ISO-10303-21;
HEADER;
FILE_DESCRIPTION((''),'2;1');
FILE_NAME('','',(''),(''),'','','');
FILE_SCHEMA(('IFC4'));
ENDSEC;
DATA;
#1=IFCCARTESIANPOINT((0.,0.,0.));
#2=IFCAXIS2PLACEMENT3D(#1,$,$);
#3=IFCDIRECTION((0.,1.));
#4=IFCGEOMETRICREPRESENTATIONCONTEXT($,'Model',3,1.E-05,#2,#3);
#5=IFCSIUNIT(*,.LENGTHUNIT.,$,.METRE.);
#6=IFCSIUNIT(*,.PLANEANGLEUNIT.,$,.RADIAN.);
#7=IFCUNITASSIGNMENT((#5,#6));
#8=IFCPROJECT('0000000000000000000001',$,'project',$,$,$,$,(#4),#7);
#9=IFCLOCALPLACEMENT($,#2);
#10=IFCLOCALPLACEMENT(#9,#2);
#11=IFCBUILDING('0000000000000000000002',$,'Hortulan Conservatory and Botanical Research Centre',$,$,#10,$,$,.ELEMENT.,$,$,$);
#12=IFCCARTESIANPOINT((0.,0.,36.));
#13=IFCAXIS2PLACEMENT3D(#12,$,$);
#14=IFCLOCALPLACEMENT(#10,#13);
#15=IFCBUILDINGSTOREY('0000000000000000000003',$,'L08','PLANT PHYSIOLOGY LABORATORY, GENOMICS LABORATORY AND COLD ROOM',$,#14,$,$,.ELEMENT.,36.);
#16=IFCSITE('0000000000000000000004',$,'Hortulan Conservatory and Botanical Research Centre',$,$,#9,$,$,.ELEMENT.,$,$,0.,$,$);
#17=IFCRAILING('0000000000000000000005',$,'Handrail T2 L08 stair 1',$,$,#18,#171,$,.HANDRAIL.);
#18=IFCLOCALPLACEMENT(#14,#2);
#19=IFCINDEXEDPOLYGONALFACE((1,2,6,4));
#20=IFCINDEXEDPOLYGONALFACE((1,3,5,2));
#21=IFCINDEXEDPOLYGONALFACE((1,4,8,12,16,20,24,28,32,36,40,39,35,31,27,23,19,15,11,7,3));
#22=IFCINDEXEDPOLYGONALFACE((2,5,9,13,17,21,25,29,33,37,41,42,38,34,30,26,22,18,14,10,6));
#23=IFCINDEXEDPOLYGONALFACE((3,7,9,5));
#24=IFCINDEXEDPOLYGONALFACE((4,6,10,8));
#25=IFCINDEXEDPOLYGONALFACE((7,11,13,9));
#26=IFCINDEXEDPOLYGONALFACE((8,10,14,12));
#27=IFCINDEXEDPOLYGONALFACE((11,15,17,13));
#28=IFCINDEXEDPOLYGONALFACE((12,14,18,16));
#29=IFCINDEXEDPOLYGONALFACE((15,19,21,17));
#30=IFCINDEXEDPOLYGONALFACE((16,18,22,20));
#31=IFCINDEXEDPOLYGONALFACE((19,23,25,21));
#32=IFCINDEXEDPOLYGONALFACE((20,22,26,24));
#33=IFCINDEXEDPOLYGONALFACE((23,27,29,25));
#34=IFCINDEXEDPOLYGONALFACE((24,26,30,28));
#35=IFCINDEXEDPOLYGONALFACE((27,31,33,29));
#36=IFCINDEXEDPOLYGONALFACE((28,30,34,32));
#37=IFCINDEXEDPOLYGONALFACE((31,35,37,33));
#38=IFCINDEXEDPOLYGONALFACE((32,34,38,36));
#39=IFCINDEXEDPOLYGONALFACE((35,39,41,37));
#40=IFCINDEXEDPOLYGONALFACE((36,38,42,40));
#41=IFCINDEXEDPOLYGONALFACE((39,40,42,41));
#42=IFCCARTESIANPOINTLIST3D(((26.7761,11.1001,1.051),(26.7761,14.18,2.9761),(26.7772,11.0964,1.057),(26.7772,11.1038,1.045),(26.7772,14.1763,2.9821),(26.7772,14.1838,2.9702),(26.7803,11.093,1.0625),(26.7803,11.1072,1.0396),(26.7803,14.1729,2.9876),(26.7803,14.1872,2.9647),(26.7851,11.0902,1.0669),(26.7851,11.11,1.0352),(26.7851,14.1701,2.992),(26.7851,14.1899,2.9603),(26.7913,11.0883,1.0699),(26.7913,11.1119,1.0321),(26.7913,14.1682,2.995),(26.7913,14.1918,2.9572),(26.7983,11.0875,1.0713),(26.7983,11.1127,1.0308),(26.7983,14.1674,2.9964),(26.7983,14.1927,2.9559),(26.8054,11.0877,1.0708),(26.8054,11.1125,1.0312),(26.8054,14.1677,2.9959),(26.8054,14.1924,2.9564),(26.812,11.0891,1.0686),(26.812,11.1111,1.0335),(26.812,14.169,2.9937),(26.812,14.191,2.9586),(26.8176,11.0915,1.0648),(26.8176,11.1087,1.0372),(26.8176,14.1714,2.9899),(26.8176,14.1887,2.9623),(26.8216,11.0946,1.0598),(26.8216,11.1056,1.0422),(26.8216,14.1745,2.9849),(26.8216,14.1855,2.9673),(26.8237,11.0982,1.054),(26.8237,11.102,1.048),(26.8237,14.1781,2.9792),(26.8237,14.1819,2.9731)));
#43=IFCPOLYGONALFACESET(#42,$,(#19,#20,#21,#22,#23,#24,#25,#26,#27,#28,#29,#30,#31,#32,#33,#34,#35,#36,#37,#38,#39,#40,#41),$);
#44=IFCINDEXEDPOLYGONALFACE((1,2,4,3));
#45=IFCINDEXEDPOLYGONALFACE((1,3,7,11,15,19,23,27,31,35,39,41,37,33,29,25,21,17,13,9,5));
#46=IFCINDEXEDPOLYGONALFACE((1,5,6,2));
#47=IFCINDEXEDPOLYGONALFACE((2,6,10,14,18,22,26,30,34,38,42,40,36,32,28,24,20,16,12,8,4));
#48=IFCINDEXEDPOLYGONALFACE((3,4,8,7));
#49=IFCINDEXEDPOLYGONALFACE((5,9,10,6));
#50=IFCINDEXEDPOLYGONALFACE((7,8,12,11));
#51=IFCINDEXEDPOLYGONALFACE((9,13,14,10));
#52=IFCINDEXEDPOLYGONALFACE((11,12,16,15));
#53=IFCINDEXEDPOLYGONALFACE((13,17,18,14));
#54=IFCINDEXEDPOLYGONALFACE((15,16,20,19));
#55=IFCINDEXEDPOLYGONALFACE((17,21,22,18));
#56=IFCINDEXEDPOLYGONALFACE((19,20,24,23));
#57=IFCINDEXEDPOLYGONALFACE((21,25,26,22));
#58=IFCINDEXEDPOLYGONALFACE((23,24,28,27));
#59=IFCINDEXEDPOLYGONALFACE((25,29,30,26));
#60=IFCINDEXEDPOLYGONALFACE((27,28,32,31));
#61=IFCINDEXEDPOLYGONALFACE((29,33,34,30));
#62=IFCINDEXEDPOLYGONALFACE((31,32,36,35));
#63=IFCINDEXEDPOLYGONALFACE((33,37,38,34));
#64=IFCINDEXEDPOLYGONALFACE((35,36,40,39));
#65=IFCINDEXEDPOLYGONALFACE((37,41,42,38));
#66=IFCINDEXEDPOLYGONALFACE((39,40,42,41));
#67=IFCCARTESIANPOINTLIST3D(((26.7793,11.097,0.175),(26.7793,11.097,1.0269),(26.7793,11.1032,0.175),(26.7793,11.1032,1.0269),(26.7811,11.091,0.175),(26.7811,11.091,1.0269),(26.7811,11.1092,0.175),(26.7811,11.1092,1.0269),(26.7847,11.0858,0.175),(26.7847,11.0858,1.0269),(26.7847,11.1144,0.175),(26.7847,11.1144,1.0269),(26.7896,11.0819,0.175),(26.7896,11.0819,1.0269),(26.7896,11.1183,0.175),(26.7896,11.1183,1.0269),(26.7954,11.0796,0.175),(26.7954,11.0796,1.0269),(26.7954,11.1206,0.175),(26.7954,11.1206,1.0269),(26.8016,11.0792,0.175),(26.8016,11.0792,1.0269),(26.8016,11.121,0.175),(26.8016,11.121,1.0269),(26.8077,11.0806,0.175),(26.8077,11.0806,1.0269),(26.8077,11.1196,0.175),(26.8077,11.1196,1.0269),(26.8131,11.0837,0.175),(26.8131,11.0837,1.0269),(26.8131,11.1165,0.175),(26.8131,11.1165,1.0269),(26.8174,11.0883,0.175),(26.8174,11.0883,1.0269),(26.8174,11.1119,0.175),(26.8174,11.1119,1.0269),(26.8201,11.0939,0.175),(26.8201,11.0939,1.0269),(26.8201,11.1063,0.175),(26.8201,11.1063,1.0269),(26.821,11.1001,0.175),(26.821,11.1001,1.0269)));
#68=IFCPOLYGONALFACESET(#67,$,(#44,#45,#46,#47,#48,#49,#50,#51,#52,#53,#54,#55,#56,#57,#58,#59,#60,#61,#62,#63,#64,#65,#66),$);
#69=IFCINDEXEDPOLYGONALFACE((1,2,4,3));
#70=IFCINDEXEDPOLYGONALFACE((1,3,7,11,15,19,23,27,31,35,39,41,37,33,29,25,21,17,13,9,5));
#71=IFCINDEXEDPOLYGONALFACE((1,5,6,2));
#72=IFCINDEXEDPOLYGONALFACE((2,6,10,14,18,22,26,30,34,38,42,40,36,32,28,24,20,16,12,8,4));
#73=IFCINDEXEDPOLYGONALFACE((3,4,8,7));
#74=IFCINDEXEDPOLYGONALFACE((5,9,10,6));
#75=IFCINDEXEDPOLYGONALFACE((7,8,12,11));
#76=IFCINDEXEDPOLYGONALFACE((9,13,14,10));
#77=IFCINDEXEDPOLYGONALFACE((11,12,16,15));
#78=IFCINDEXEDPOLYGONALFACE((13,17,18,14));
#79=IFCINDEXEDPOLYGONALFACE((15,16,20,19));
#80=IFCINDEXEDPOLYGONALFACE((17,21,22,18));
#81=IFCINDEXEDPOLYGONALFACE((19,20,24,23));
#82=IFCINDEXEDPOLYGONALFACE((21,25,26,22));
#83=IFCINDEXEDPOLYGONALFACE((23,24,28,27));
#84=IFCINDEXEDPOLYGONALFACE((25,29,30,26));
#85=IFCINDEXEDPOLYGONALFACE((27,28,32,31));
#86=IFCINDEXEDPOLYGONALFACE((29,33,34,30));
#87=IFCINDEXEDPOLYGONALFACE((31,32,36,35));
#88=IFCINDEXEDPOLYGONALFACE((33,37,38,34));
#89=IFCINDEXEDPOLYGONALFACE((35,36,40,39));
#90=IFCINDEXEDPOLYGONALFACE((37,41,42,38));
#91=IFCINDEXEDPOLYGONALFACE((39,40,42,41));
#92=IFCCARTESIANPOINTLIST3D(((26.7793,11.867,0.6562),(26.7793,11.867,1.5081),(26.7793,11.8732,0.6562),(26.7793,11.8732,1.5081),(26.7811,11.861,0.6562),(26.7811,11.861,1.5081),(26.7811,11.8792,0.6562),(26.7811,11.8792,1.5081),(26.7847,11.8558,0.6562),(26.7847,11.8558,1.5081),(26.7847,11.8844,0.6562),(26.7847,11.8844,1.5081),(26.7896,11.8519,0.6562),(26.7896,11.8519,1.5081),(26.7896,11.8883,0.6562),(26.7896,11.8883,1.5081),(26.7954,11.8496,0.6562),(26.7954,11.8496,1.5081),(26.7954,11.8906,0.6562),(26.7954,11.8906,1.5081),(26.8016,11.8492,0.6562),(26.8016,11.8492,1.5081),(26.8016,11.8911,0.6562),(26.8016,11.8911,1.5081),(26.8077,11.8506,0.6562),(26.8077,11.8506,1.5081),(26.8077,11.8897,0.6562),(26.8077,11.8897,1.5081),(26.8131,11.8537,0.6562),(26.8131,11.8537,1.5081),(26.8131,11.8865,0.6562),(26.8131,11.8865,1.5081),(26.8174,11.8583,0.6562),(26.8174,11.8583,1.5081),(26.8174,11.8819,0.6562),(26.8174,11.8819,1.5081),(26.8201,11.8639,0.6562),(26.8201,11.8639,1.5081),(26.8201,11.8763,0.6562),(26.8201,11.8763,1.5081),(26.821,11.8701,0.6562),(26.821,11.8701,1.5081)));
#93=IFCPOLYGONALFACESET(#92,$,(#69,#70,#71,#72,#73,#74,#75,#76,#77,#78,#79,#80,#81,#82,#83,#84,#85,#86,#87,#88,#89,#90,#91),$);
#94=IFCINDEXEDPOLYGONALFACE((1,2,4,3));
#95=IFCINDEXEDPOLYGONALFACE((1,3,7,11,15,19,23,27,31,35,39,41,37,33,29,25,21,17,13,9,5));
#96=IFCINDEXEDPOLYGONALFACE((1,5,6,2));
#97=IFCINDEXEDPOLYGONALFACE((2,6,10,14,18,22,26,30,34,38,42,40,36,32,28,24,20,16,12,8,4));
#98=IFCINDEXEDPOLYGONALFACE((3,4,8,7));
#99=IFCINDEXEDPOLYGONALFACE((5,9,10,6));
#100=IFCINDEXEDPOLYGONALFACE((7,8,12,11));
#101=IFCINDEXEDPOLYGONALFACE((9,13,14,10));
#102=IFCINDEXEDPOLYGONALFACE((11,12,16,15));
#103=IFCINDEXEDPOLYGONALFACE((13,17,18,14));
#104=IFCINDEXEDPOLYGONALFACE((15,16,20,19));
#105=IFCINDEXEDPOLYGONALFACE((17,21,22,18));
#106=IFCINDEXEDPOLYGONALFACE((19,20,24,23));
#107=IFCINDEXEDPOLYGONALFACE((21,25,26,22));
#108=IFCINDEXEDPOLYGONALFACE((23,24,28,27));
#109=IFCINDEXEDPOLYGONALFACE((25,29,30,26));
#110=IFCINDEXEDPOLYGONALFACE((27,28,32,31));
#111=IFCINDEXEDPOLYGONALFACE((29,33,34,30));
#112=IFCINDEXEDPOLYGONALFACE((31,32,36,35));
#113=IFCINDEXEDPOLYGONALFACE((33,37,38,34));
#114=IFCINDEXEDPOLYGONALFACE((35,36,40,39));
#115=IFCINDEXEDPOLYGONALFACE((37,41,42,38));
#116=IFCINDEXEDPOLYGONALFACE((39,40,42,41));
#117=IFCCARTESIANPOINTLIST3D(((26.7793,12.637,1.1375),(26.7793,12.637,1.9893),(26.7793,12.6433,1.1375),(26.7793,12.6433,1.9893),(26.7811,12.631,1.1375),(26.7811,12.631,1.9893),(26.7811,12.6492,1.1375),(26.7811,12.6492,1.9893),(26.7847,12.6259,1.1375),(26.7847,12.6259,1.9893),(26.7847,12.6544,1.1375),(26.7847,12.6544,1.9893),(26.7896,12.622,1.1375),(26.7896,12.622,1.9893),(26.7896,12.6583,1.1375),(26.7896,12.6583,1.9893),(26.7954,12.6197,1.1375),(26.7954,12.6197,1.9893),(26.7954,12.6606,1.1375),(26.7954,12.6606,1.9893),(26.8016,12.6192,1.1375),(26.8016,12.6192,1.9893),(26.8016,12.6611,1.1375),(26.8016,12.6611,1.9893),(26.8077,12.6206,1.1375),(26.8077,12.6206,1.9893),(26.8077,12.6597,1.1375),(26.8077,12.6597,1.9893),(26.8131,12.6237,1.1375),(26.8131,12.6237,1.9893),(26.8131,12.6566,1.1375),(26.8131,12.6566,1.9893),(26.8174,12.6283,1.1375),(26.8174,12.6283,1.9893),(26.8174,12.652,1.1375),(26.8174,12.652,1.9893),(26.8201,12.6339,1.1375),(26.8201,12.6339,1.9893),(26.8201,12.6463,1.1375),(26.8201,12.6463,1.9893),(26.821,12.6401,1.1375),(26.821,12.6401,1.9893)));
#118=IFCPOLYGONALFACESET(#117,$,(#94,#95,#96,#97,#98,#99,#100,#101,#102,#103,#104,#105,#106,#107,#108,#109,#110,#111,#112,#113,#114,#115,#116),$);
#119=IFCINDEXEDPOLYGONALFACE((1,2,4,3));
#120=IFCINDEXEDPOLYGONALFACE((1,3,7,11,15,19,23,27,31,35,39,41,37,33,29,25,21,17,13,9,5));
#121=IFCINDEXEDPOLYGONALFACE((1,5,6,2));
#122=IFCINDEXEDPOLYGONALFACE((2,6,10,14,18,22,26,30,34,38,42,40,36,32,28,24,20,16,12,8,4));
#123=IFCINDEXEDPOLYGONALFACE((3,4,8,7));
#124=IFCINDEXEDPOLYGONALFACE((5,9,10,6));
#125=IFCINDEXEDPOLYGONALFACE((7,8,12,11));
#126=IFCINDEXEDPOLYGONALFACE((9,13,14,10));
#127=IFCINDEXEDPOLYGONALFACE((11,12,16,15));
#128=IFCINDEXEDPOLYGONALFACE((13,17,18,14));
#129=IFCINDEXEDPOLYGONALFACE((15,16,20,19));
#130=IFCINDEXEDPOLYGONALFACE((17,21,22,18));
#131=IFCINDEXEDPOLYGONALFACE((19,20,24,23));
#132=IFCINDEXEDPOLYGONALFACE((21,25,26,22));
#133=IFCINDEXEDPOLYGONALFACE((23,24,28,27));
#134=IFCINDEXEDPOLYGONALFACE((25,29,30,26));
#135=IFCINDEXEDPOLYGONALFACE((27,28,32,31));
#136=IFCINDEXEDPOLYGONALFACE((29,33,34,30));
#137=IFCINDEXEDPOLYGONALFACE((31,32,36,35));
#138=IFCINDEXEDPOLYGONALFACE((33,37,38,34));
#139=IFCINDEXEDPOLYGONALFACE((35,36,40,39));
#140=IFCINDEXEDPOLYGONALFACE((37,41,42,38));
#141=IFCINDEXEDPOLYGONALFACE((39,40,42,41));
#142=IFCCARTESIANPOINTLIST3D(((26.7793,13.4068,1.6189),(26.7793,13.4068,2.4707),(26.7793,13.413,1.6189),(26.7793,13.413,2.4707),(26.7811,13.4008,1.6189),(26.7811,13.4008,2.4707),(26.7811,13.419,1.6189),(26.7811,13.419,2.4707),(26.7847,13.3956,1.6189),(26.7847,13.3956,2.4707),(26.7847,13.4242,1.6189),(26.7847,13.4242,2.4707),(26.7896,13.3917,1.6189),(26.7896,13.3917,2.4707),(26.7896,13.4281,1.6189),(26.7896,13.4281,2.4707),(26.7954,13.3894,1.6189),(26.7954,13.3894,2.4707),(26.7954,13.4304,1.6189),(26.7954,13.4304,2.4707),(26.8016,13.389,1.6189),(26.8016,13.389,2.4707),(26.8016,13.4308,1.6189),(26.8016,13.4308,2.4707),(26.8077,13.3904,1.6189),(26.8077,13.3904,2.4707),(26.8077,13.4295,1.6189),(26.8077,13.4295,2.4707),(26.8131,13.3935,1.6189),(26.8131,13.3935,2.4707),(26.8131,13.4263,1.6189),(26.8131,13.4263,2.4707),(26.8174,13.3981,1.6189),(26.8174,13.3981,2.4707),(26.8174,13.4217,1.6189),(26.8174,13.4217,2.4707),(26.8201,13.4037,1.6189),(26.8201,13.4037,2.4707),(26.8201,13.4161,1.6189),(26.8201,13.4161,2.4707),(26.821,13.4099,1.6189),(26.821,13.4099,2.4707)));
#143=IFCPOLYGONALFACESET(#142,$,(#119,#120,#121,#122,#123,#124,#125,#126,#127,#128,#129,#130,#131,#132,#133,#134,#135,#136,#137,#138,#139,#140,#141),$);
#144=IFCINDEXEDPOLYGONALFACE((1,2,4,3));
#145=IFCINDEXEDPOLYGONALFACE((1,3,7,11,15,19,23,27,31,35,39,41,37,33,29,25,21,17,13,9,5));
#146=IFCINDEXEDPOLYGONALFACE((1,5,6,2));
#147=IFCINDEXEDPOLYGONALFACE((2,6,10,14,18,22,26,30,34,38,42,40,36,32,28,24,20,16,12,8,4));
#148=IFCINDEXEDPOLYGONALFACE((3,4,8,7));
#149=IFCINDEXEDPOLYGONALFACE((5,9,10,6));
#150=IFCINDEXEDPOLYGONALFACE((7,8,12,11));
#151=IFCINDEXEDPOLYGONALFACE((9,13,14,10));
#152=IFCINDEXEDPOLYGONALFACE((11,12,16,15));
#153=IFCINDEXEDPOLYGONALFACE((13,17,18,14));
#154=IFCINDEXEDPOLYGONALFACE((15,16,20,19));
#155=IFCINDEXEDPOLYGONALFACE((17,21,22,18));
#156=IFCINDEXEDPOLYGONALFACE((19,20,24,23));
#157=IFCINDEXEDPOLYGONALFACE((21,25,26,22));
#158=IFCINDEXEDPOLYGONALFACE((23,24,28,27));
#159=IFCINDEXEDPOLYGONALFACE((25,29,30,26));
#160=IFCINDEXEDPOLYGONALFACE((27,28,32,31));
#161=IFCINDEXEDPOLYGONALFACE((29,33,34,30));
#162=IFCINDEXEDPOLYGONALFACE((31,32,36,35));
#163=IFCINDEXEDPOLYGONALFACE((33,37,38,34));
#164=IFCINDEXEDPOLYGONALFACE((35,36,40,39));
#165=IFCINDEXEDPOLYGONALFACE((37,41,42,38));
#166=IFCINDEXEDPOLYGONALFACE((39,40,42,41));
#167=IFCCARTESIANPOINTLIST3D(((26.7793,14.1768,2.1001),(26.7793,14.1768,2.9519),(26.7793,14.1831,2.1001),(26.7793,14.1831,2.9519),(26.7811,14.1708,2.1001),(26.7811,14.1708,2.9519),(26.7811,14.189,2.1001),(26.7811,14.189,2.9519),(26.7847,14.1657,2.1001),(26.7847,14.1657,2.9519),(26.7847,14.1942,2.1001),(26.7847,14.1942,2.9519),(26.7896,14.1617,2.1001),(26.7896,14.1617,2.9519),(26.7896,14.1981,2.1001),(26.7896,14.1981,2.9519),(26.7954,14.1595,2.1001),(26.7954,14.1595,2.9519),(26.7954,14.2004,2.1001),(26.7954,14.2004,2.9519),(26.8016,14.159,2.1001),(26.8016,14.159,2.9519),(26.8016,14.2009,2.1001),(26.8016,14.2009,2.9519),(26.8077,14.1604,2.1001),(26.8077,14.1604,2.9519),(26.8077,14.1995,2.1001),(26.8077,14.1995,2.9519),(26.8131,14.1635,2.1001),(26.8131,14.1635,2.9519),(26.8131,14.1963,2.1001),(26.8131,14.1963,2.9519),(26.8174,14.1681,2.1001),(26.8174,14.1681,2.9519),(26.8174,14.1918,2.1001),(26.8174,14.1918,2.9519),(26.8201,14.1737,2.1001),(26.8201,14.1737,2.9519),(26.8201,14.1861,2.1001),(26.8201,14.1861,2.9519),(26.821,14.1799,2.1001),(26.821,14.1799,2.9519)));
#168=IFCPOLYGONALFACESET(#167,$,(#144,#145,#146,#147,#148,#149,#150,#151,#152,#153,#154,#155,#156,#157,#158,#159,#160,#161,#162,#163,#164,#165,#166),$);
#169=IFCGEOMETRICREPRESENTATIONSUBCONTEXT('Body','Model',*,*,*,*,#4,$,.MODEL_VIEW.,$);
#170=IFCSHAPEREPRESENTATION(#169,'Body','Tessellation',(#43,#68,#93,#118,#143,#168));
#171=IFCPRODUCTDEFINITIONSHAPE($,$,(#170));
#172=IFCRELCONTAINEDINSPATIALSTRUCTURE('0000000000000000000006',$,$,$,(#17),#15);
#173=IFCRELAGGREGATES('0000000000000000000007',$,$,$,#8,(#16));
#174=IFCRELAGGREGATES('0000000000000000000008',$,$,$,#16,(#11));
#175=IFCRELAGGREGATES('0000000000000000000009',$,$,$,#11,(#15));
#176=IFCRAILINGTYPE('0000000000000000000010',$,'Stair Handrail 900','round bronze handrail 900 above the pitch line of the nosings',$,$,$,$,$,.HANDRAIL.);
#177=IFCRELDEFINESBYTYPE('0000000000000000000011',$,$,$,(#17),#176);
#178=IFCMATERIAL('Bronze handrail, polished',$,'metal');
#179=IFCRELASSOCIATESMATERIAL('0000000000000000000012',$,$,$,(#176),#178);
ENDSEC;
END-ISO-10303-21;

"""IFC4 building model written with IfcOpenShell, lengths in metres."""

from ifc_helpers import new_model, si_unit, direction, frame, origin, origin_2d, place, context, subcontext, project, spatial, circle, extrude, material, type_object, element, save


model = new_model("IFC4")

# Units and contexts
model_context = context("Model", 3, precision=1e-05, world=origin(), true_north=direction((0.0, 1.0)))
body_context = subcontext(model_context, "Body", "Model", "MODEL_VIEW")
ifc_project = project(units=[si_unit("LENGTHUNIT", "METRE"), si_unit("PLANEANGLEUNIT", "RADIAN")], contexts=[model_context])

# Site, building, storey
site_placement = place(None, origin())
site = spatial("IfcSite", under=ifc_project, at=site_placement, Name="Hortulan Conservatory and Botanical Research Centre", CompositionType="ELEMENT", RefElevation=0.0)
building_placement = place(site_placement, origin())
building = spatial("IfcBuilding", under=site, at=building_placement, Name="Hortulan Conservatory and Botanical Research Centre", CompositionType="ELEMENT")
storey_placement = place(building_placement, frame((0.0, 0.0, 36.0)))
storey = spatial("IfcBuildingStorey", under=building, at=storey_placement, Name="L08", Description="PLANT PHYSIOLOGY LABORATORY, GENOMICS LABORATORY AND COLD ROOM", CompositionType="ELEMENT", Elevation=36.0)

# Railing
ifc_material_1 = material(Name="Bronze handrail, polished", Category="metal")
railing_type_1 = type_object("IfcRailingType", Name="Stair Handrail 900", Description="round bronze handrail 900 above the pitch line of the nosings", PredefinedType="HANDRAIL", material=ifc_material_1)
railing_1_placement = place(storey_placement, frame((26.8, 11.1001, 0.175)))
element("IfcRailing", 1, at=railing_1_placement, inside=storey, type_object=railing_type_1, Name="Handrail T2 L08 stair 1", PredefinedType="HANDRAIL", context=body_context, shape_type="SweptSolid", body=[
    extrude(circle(Radius=0.0239, at=origin_2d()), frame((0.0, 0.0, 0.876), z_axis=(0.0, 0.847979, 0.530029), x_axis=(-1.0, 0.0, 0.0)), (0.0, 0.0, 1.0), 3.6321),
    extrude(circle(Radius=0.021, at=origin_2d()), origin(), (0.0, 0.0, 1.0), 0.8518),
    extrude(circle(Radius=0.021, at=origin_2d()), frame((0.0, 0.77, 0.4812)), (0.0, 0.0, 1.0), 0.8518),
    extrude(circle(Radius=0.021, at=origin_2d()), frame((0.0, 1.54, 0.9624)), (0.0, 0.0, 1.0), 0.8518),
    extrude(circle(Radius=0.021, at=origin_2d()), frame((0.0, 2.3098, 1.4438)), (0.0, 0.0, 1.0), 0.8518),
    extrude(circle(Radius=0.021, at=origin_2d()), frame((0.0, 3.0798, 1.925)), (0.0, 0.0, 1.0), 0.8518),
])

save(model, "model.ifc")
